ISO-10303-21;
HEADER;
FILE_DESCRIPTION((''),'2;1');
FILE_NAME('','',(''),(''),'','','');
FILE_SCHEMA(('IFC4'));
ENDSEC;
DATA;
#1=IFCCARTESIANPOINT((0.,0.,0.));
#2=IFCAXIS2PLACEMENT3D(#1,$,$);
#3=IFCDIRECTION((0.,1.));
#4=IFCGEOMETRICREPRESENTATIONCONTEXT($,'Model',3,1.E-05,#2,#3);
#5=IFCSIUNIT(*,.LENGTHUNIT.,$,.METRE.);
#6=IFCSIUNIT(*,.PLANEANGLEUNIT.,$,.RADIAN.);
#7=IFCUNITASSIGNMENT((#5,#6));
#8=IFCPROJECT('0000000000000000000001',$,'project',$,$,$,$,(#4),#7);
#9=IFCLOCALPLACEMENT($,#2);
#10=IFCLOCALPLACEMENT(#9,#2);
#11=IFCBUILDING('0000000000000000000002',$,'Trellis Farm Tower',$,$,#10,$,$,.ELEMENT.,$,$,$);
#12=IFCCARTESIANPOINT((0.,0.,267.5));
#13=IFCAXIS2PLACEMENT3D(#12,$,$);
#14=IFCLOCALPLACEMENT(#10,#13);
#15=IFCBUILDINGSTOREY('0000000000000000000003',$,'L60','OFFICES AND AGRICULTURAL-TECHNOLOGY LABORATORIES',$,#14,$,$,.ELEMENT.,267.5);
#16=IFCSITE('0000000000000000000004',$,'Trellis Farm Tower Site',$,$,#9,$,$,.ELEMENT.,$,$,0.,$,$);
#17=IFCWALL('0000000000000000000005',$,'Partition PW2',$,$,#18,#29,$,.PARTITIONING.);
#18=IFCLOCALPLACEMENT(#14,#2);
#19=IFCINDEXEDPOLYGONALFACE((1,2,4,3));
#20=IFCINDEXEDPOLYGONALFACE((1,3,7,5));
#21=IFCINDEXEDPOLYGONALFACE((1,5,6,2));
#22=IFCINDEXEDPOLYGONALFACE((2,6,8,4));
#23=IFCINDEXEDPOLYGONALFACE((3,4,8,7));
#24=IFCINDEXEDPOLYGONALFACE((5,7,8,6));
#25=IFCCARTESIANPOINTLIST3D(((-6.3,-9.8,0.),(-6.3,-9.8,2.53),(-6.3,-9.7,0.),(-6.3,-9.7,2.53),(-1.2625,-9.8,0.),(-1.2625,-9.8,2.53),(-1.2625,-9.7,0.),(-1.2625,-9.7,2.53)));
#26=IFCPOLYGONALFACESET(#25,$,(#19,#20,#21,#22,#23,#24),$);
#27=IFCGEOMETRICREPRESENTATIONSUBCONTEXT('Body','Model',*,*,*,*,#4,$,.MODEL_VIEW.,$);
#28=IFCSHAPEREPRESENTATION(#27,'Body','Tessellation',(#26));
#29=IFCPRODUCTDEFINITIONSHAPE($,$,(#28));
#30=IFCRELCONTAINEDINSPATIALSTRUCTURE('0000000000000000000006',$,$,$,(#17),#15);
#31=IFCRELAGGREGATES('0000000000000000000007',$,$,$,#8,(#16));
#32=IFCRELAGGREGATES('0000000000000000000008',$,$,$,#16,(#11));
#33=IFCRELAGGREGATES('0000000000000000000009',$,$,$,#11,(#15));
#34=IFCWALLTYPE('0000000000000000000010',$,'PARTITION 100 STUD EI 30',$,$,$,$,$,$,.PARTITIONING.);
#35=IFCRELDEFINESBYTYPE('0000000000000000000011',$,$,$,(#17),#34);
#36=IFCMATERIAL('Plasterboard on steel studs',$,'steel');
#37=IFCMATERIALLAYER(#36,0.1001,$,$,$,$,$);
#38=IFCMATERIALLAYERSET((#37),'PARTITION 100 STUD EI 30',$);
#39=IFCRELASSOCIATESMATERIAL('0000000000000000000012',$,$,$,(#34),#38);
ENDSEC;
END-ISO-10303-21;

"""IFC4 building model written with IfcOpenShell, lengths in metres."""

from ifc_helpers import new_model, si_unit, direction, frame, frame_2d, origin, place, context, subcontext, project, spatial, rectangle, extrude, source, transform, mapped, material, layer, layer_set, type_object, element, save


model = new_model("IFC4")

# Units and contexts
model_context = context("Model", 3, precision=1e-05, world=origin(), true_north=direction((0.0, 1.0)))
body_context = subcontext(model_context, "Body", "Model", "MODEL_VIEW")
ifc_project = project(units=[si_unit("LENGTHUNIT", "METRE"), si_unit("PLANEANGLEUNIT", "RADIAN")], contexts=[model_context])

# Site, building, storey
site_placement = place(None, origin())
site = spatial("IfcSite", under=ifc_project, at=site_placement, Name="Trellis Farm Tower Site", CompositionType="ELEMENT", RefElevation=0.0)
building_placement = place(site_placement, origin())
building = spatial("IfcBuilding", under=site, at=building_placement, Name="Trellis Farm Tower", CompositionType="ELEMENT")
storey_placement = place(building_placement, frame((0.0, 0.0, 267.5)))
storey = spatial("IfcBuildingStorey", under=building, at=storey_placement, Name="L60", Description="OFFICES AND AGRICULTURAL-TECHNOLOGY LABORATORIES", CompositionType="ELEMENT", Elevation=267.5)

# Wall
ifc_material_1 = material(Name="Plasterboard on steel studs", Category="steel")
ifc_layer_1 = layer(ifc_material_1, 0.1001)
ifc_layer_set_1 = layer_set([ifc_layer_1], Name="PARTITION 100 STUD EI 30")
wall_type_1 = type_object("IfcWallType", Name="PARTITION 100 STUD EI 30", PredefinedType="PARTITIONING", material=ifc_layer_set_1)
shared_shape_1 = source(origin(), body_context, "Body", "SweptSolid", [
    extrude(rectangle(XDim=5.0376, YDim=0.1001, at=frame_2d((2.5188, 0.0))), origin(), (0.0, 0.0, 1.0), 2.53),
])
wall_1_placement = place(storey_placement, frame((-6.3, -9.75, 0.0), z_axis=(0.0, 0.0, 1.0), x_axis=(1.0, 0.0, 0.0)))
element("IfcWall", 1, at=wall_1_placement, inside=storey, type_object=wall_type_1, Name="Partition PW2", PredefinedType="PARTITIONING", context=body_context, shape_type="MappedRepresentation", body=[
    mapped(shared_shape_1, transform((0.0, 0.0, 0.0))),
])

save(model, "model.ifc")
